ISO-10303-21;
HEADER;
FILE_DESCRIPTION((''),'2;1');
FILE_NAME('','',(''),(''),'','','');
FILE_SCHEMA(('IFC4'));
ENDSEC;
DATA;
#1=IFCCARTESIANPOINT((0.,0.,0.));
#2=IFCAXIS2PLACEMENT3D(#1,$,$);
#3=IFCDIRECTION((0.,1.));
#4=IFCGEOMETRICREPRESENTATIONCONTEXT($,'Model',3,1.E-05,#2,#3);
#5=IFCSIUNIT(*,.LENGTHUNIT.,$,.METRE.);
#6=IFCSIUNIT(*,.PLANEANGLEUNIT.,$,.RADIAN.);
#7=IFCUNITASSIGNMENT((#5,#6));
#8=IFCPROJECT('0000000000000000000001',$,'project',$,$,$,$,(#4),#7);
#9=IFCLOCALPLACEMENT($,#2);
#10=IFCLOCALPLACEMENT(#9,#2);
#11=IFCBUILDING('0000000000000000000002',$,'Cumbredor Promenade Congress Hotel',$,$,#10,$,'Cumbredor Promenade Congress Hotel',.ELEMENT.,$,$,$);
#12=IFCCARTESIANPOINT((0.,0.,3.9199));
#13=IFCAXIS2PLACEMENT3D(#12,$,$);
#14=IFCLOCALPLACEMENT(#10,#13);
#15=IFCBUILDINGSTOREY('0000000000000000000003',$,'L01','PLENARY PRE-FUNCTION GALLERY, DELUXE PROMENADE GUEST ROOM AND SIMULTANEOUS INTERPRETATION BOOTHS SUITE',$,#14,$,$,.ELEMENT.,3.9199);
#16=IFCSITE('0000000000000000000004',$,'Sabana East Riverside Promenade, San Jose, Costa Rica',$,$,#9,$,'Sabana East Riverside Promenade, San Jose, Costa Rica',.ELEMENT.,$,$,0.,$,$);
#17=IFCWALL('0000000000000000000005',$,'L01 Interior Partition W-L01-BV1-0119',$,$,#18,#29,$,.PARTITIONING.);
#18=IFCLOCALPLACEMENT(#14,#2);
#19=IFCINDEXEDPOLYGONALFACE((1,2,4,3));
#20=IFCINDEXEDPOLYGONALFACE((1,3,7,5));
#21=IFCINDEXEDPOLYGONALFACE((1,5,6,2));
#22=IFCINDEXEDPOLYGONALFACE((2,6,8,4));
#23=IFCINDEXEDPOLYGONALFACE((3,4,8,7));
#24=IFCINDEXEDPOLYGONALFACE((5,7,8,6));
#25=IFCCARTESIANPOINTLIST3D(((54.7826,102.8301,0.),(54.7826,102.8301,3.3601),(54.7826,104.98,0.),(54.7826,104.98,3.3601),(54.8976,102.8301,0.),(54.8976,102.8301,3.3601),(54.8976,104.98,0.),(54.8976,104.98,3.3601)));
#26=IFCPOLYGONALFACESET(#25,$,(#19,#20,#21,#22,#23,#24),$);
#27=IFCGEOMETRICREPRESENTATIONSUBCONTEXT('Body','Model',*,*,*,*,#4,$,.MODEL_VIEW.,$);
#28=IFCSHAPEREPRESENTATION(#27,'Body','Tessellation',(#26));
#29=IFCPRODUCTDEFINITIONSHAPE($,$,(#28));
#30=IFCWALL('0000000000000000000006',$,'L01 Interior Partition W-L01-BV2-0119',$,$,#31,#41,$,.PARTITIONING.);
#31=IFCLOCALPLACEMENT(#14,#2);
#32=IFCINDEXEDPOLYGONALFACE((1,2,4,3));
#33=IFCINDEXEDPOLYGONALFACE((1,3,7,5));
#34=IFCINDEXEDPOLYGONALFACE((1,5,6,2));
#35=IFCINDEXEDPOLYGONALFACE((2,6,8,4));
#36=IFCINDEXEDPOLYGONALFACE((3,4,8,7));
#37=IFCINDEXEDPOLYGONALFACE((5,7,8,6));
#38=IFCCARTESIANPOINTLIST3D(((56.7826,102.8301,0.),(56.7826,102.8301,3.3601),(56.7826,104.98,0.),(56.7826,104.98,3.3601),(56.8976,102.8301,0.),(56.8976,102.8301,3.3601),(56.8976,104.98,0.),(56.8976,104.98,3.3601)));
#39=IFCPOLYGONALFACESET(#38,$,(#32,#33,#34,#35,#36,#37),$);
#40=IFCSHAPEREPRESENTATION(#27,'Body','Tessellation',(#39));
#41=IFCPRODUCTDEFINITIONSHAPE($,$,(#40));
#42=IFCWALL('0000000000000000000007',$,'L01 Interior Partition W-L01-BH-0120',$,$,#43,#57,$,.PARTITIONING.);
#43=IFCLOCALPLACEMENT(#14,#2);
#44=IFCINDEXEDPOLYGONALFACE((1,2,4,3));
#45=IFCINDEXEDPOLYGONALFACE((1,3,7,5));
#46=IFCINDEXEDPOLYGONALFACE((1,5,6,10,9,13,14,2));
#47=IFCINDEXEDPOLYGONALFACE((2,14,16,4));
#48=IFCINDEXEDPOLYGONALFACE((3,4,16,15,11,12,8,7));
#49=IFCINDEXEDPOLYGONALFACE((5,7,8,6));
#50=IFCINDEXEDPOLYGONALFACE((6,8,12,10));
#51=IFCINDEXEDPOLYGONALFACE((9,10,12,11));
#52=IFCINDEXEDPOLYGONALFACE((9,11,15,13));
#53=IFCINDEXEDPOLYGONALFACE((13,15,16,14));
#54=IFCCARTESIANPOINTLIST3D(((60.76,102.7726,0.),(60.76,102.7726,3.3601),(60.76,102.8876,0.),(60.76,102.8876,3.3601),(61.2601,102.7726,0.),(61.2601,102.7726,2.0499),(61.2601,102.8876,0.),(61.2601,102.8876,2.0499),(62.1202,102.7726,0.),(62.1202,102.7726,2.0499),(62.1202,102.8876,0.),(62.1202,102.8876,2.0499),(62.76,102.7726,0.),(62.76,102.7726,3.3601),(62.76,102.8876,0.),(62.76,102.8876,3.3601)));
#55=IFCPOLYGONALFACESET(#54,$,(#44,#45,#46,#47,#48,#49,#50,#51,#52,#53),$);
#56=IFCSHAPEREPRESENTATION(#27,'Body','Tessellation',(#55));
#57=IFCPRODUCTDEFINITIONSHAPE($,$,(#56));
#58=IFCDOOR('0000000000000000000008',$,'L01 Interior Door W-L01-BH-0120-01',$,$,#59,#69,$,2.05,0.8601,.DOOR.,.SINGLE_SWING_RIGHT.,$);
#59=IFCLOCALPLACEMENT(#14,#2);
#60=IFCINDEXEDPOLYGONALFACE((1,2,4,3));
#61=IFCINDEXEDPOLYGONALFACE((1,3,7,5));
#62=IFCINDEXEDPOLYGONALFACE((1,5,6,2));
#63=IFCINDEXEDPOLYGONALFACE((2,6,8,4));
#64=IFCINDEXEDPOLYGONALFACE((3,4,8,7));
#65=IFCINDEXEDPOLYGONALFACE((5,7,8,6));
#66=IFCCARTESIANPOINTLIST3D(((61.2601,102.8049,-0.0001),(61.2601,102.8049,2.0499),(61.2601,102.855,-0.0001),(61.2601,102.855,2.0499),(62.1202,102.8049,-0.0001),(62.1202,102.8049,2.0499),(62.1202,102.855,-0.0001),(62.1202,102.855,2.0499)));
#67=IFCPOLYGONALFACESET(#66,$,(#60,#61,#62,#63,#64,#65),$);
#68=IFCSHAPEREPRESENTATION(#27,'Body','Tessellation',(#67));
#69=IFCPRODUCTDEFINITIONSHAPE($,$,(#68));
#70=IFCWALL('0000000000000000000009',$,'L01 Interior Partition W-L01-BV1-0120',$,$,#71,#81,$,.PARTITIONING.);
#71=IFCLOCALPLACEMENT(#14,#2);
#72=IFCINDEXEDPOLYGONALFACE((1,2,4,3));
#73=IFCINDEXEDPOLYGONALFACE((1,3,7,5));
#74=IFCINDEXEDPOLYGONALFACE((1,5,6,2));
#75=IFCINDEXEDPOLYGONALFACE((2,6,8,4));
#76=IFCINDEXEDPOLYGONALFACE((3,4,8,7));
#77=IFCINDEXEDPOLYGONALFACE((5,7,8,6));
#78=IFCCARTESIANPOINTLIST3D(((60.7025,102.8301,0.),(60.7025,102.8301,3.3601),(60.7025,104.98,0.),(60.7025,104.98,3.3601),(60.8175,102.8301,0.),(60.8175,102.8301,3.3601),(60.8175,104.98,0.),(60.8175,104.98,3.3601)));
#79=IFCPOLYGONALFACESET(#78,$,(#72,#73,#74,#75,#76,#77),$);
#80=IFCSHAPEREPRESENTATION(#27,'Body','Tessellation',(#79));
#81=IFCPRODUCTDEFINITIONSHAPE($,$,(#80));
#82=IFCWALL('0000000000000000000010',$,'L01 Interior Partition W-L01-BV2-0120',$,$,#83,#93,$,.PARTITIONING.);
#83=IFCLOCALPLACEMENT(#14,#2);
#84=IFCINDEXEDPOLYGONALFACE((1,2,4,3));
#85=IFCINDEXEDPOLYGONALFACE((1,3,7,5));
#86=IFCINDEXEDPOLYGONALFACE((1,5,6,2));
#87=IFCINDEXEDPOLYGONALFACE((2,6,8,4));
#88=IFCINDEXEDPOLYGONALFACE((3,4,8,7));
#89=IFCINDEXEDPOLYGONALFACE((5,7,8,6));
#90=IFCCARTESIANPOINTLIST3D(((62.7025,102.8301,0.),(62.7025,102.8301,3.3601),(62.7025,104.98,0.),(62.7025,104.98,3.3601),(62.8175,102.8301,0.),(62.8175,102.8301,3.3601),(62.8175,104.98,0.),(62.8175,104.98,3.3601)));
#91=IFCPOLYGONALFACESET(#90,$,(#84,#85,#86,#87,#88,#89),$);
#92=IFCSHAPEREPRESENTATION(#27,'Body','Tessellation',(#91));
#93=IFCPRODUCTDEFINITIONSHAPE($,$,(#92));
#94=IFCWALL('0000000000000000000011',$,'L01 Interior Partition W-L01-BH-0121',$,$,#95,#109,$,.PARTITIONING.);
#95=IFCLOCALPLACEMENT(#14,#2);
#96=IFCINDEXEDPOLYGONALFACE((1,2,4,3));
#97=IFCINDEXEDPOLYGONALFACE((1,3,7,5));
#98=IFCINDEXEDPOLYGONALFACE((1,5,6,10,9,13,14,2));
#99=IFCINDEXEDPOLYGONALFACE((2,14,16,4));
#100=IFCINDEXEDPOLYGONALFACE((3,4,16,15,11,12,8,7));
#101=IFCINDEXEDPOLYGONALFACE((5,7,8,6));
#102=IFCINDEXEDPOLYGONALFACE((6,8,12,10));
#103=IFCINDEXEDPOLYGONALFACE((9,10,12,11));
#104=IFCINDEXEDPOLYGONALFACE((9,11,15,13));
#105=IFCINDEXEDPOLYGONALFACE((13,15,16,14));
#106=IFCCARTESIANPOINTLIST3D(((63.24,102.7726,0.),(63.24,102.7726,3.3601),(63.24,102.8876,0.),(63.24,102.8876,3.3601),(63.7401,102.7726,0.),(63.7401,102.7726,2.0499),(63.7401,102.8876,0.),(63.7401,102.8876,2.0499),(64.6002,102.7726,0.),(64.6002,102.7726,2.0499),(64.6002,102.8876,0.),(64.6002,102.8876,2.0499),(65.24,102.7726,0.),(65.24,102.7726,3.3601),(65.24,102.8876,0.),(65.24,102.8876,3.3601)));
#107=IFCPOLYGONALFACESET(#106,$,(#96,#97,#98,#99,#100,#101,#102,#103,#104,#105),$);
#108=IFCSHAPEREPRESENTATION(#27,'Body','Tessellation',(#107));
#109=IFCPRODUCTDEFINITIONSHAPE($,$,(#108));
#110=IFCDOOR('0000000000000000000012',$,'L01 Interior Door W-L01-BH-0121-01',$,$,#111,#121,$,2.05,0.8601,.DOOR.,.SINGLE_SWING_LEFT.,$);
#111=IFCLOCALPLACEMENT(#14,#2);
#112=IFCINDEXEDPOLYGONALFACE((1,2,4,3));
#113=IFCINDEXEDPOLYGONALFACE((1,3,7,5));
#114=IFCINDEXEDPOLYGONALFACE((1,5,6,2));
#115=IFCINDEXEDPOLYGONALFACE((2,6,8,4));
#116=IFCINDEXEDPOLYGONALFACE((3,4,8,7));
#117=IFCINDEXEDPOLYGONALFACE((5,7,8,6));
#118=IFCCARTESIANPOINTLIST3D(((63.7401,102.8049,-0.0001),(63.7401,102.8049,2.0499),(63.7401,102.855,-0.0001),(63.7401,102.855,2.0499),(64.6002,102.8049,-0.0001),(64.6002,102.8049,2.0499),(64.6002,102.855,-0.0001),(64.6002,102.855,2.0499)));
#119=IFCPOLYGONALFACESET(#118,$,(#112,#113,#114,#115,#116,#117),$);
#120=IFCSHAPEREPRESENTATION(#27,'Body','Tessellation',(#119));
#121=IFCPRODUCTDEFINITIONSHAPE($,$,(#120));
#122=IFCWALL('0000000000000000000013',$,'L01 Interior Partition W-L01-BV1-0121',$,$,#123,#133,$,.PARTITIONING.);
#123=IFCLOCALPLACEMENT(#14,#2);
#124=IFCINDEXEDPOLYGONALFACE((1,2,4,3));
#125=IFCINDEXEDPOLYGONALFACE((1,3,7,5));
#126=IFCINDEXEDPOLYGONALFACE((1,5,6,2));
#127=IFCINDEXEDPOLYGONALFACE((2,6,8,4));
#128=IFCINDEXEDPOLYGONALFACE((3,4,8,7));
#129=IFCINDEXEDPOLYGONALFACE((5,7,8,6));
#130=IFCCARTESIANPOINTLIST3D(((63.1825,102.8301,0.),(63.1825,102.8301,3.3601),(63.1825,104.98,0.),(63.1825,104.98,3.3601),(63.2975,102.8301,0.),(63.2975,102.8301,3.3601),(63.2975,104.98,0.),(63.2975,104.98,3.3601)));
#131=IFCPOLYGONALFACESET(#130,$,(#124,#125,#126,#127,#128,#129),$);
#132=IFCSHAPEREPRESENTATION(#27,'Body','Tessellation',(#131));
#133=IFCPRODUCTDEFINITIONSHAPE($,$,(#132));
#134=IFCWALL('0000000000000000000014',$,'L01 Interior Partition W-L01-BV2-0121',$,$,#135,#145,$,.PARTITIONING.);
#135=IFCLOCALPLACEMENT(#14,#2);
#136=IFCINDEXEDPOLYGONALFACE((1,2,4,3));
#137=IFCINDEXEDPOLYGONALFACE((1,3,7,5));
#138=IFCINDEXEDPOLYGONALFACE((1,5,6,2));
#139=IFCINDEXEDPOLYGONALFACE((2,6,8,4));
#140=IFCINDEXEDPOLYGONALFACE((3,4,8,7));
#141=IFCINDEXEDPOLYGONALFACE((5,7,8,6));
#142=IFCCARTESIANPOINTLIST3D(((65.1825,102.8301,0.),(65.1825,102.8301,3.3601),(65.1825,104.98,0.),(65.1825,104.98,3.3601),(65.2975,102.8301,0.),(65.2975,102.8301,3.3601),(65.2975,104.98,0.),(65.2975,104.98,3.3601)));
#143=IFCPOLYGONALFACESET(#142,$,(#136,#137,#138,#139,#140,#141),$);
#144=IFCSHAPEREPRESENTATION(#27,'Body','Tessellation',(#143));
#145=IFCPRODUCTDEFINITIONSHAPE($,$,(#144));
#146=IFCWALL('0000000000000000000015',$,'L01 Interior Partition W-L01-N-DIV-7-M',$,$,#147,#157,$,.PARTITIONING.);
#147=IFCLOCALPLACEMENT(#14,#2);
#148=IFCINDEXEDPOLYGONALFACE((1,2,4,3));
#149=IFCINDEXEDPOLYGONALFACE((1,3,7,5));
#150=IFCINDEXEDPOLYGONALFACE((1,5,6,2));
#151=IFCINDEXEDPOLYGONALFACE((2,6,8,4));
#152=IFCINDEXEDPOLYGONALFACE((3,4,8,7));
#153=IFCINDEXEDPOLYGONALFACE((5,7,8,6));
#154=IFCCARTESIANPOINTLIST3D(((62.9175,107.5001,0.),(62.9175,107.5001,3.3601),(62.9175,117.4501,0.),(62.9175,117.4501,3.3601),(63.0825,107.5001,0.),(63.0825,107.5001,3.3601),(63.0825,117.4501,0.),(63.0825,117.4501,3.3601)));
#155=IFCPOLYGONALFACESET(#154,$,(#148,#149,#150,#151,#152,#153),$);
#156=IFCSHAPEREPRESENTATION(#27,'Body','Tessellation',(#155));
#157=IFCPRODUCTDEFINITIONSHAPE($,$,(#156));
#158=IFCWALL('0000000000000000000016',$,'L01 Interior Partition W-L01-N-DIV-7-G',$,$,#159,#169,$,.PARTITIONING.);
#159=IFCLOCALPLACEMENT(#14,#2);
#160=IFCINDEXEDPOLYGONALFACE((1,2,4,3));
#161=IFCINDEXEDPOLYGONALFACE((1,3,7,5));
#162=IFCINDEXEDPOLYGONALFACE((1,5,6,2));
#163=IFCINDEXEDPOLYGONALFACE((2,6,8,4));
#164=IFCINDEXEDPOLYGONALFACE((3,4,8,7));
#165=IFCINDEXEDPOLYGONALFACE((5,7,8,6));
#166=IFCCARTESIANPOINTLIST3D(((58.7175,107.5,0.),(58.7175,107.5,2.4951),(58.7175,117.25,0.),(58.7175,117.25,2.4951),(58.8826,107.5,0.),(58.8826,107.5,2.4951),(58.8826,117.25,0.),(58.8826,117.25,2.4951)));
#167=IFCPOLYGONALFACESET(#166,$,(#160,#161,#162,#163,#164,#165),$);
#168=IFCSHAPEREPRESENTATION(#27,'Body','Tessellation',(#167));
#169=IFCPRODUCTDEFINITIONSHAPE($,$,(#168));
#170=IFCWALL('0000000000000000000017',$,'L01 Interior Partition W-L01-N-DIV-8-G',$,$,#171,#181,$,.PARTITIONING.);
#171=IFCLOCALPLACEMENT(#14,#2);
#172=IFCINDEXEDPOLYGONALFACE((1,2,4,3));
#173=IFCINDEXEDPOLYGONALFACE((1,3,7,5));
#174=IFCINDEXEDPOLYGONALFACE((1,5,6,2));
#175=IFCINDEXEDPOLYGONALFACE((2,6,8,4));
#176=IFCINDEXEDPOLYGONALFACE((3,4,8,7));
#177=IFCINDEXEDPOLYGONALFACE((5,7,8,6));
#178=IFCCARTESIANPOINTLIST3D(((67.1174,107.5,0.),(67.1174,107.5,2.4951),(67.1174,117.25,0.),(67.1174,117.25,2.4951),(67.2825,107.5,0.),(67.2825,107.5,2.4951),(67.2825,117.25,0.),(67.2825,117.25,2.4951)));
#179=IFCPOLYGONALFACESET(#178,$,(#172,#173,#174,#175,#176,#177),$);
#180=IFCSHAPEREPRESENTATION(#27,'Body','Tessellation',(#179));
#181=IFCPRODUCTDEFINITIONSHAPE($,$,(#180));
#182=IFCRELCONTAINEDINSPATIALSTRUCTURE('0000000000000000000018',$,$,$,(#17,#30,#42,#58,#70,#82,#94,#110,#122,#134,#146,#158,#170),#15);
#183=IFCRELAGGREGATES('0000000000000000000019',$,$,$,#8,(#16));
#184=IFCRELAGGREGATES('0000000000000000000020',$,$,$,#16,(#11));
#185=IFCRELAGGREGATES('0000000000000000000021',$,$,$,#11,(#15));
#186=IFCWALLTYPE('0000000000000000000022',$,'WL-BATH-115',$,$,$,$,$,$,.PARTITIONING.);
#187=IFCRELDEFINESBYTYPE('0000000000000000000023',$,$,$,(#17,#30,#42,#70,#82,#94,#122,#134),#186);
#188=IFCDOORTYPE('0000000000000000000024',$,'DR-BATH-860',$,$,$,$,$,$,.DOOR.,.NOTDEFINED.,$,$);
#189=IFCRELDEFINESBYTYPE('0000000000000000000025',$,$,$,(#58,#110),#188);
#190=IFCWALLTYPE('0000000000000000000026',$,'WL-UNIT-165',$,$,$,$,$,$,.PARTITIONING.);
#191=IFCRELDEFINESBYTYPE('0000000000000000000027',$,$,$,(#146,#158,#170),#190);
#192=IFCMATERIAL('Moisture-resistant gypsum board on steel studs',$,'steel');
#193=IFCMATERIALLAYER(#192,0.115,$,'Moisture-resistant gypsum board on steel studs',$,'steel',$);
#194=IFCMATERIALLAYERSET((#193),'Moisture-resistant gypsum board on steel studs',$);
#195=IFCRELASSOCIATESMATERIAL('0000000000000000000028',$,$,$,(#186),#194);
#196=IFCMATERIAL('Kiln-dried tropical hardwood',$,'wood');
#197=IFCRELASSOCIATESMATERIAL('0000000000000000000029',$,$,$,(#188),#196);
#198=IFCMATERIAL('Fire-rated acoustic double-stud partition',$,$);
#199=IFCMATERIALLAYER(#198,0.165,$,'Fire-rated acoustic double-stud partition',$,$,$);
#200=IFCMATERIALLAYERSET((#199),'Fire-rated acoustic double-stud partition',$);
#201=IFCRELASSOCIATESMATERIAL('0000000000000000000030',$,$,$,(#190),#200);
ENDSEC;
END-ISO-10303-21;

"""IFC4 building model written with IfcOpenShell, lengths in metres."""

from ifc_helpers import new_model, si_unit, direction, frame, frame_2d, origin, place, context, subcontext, project, spatial, rectangle, extrude, material, layer, layer_set, type_object, element, fill, save


model = new_model("IFC4")

# Units and contexts
model_context = context("Model", 3, precision=1e-05, world=origin(), true_north=direction((0.0, 1.0)))
body_context = subcontext(model_context, "Body", "Model", "MODEL_VIEW")
ifc_project = project(units=[si_unit("LENGTHUNIT", "METRE"), si_unit("PLANEANGLEUNIT", "RADIAN")], contexts=[model_context])

# Site, building, storey
site_placement = place(None, origin())
site = spatial("IfcSite", under=ifc_project, at=site_placement, Name="Sabana East Riverside Promenade, San Jose, Costa Rica", LongName="Sabana East Riverside Promenade, San Jose, Costa Rica", CompositionType="ELEMENT", RefElevation=0.0)
building_placement = place(site_placement, origin())
building = spatial("IfcBuilding", under=site, at=building_placement, Name="Cumbredor Promenade Congress Hotel", LongName="Cumbredor Promenade Congress Hotel", CompositionType="ELEMENT")
storey_placement = place(building_placement, frame((0.0, 0.0, 3.9199)))
storey = spatial("IfcBuildingStorey", under=building, at=storey_placement, Name="L01", Description="PLENARY PRE-FUNCTION GALLERY, DELUXE PROMENADE GUEST ROOM AND SIMULTANEOUS INTERPRETATION BOOTHS SUITE", CompositionType="ELEMENT", Elevation=3.9199)

# Shared definitions
ifc_material_1 = material(Name="Moisture-resistant gypsum board on steel studs", Category="steel")
ifc_layer_1 = layer(ifc_material_1, 0.115, Name="Moisture-resistant gypsum board on steel studs", Category="steel")
ifc_layer_set_1 = layer_set([ifc_layer_1], Name="Moisture-resistant gypsum board on steel studs")
wall_type_1 = type_object("IfcWallType", Name="WL-BATH-115", PredefinedType="PARTITIONING", material=ifc_layer_set_1)

# Shared definitions
ifc_material_2 = material(Name="Kiln-dried tropical hardwood", Category="wood")
door_type = type_object("IfcDoorType", Name="DR-BATH-860", OperationType="NOTDEFINED", PredefinedType="DOOR", material=ifc_material_2)

# Walls
for number, where, z_axis, x_axis, name in (
    (1, (54.8401, 102.8301, 0.0), (0.0, 0.0, 1.0), (0.0, 1.0, 0.0), "L01 Interior Partition W-L01-BV1-0119"),
    (2, (56.8401, 102.8301, 0.0), (0.0, 0.0, 1.0), (0.0, 1.0, 0.0), "L01 Interior Partition W-L01-BV2-0119"),
):
    element("IfcWall", number, at=place(storey_placement, frame(where, z_axis=z_axis, x_axis=x_axis)), inside=storey, type_object=wall_type_1, Name=name, PredefinedType="PARTITIONING", context=body_context, shape_type="SweptSolid", body=[
        extrude(rectangle(XDim=2.1499, YDim=0.115, at=frame_2d((1.075, 0.0))), origin(), (0.0, 0.0, 1.0), 3.3601),
    ])

# Wall, opening, door
wall_1_placement = place(storey_placement, frame((60.76, 102.8301, 0.0), z_axis=(0.0, 0.0, 1.0), x_axis=(1.0, 0.0, 0.0)))
wall_1 = element("IfcWall", 3, at=wall_1_placement, inside=storey, type_object=wall_type_1, Name="L01 Interior Partition W-L01-BH-0120", PredefinedType="PARTITIONING", context=body_context, shape_type="SweptSolid", body=[
    extrude(rectangle(XDim=2.0, YDim=0.115, at=frame_2d((1.0, 0.0))), origin(), (0.0, 0.0, 1.0), 3.3601),
])
opening_1_placement = place(wall_1_placement, frame((0.5, 0.0, 0.0)))
opening_1 = element("IfcOpeningElement", 4, at=opening_1_placement, cuts=wall_1, PredefinedType="OPENING", context=body_context, shape_type="SweptSolid", body=[
    extrude(rectangle(XDim=0.8601, YDim=2.05, at=frame_2d((0.4302, 1.0249))), frame((0.0, 0.0674, 0.0), z_axis=(0.0, -1.0, 0.0), x_axis=(1.0, 0.0, 0.0)), (0.0, 0.0, 1.0), 0.135),
])
door_1_placement = place(opening_1_placement, origin())
door_1 = element("IfcDoor", 5, at=door_1_placement, inside=storey, type_object=door_type, Name="L01 Interior Door W-L01-BH-0120-01", OperationType="SINGLE_SWING_RIGHT", OverallHeight=2.05, OverallWidth=0.8601, PredefinedType="DOOR", context=body_context, shape_type="SweptSolid", body=[
    extrude(rectangle(XDim=0.8601, YDim=2.05, at=frame_2d((0.4302, 1.0249))), frame((0.0, 0.0249, 0.0), z_axis=(0.0, -1.0, 0.0), x_axis=(1.0, 0.0, 0.0)), (0.0, 0.0, 1.0), 0.05),
])
fill(opening_1, door_1)

# Walls
for number, where, z_axis, x_axis, name in (
    (6, (60.76, 102.8301, 0.0), (0.0, 0.0, 1.0), (0.0, 1.0, 0.0), "L01 Interior Partition W-L01-BV1-0120"),
    (7, (62.76, 102.8301, 0.0), (0.0, 0.0, 1.0), (0.0, 1.0, 0.0), "L01 Interior Partition W-L01-BV2-0120"),
):
    element("IfcWall", number, at=place(storey_placement, frame(where, z_axis=z_axis, x_axis=x_axis)), inside=storey, type_object=wall_type_1, Name=name, PredefinedType="PARTITIONING", context=body_context, shape_type="SweptSolid", body=[
        extrude(rectangle(XDim=2.1499, YDim=0.115, at=frame_2d((1.075, 0.0))), origin(), (0.0, 0.0, 1.0), 3.3601),
    ])

# Wall, opening, door
wall_2_placement = place(storey_placement, frame((63.24, 102.8301, 0.0), z_axis=(0.0, 0.0, 1.0), x_axis=(1.0, 0.0, 0.0)))
wall_2 = element("IfcWall", 8, at=wall_2_placement, inside=storey, type_object=wall_type_1, Name="L01 Interior Partition W-L01-BH-0121", PredefinedType="PARTITIONING", context=body_context, shape_type="SweptSolid", body=[
    extrude(rectangle(XDim=2.0, YDim=0.115, at=frame_2d((1.0, 0.0))), origin(), (0.0, 0.0, 1.0), 3.3601),
])
opening_2_placement = place(wall_2_placement, frame((0.5, 0.0, 0.0)))
opening_2 = element("IfcOpeningElement", 9, at=opening_2_placement, cuts=wall_2, PredefinedType="OPENING", context=body_context, shape_type="SweptSolid", body=[
    extrude(rectangle(XDim=0.8601, YDim=2.05, at=frame_2d((0.4302, 1.0249))), frame((0.0, 0.0674, 0.0), z_axis=(0.0, -1.0, 0.0), x_axis=(1.0, 0.0, 0.0)), (0.0, 0.0, 1.0), 0.135),
])
door_2_placement = place(opening_2_placement, origin())
door_2 = element("IfcDoor", 10, at=door_2_placement, inside=storey, type_object=door_type, Name="L01 Interior Door W-L01-BH-0121-01", OperationType="SINGLE_SWING_LEFT", OverallHeight=2.05, OverallWidth=0.8601, PredefinedType="DOOR", context=body_context, shape_type="SweptSolid", body=[
    extrude(rectangle(XDim=0.8601, YDim=2.05, at=frame_2d((0.4302, 1.0249))), frame((0.0, 0.0249, 0.0), z_axis=(0.0, -1.0, 0.0), x_axis=(1.0, 0.0, 0.0)), (0.0, 0.0, 1.0), 0.05),
])
fill(opening_2, door_2)

# Walls
for number, where, z_axis, x_axis, name in (
    (11, (63.24, 102.8301, 0.0), (0.0, 0.0, 1.0), (0.0, 1.0, 0.0), "L01 Interior Partition W-L01-BV1-0121"),
    (12, (65.24, 102.8301, 0.0), (0.0, 0.0, 1.0), (0.0, 1.0, 0.0), "L01 Interior Partition W-L01-BV2-0121"),
):
    element("IfcWall", number, at=place(storey_placement, frame(where, z_axis=z_axis, x_axis=x_axis)), inside=storey, type_object=wall_type_1, Name=name, PredefinedType="PARTITIONING", context=body_context, shape_type="SweptSolid", body=[
        extrude(rectangle(XDim=2.1499, YDim=0.115, at=frame_2d((1.075, 0.0))), origin(), (0.0, 0.0, 1.0), 3.3601),
    ])
ifc_material_3 = material(Name="Fire-rated acoustic double-stud partition")
ifc_layer_2 = layer(ifc_material_3, 0.165, Name="Fire-rated acoustic double-stud partition")
ifc_layer_set_2 = layer_set([ifc_layer_2], Name="Fire-rated acoustic double-stud partition")
wall_type_2 = type_object("IfcWallType", Name="WL-UNIT-165", PredefinedType="PARTITIONING", material=ifc_layer_set_2)
wall_3_placement = place(storey_placement, frame((63.0, 107.5, 0.0), z_axis=(0.0, 0.0, 1.0), x_axis=(0.0, 1.0, 0.0)))
element("IfcWall", 13, at=wall_3_placement, inside=storey, type_object=wall_type_2, Name="L01 Interior Partition W-L01-N-DIV-7-M", PredefinedType="PARTITIONING", context=body_context, shape_type="SweptSolid", body=[
    extrude(rectangle(XDim=9.95, YDim=0.165, at=frame_2d((4.9751, 0.0))), origin(), (0.0, 0.0, 1.0), 3.3601),
])
for number, where, z_axis, x_axis, name in (
    (14, (58.8, 107.5, 0.0), (0.0, 0.0, 1.0), (0.0, 1.0, 0.0), "L01 Interior Partition W-L01-N-DIV-7-G"),
    (15, (67.2, 107.5, 0.0), (0.0, 0.0, 1.0), (0.0, 1.0, 0.0), "L01 Interior Partition W-L01-N-DIV-8-G"),
):
    element("IfcWall", number, at=place(storey_placement, frame(where, z_axis=z_axis, x_axis=x_axis)), inside=storey, type_object=wall_type_2, Name=name, PredefinedType="PARTITIONING", context=body_context, shape_type="SweptSolid", body=[
        extrude(rectangle(XDim=9.75, YDim=0.165, at=frame_2d((4.875, 0.0))), origin(), (0.0, 0.0, 1.0), 2.4951),
    ])

save(model, "model.ifc")
